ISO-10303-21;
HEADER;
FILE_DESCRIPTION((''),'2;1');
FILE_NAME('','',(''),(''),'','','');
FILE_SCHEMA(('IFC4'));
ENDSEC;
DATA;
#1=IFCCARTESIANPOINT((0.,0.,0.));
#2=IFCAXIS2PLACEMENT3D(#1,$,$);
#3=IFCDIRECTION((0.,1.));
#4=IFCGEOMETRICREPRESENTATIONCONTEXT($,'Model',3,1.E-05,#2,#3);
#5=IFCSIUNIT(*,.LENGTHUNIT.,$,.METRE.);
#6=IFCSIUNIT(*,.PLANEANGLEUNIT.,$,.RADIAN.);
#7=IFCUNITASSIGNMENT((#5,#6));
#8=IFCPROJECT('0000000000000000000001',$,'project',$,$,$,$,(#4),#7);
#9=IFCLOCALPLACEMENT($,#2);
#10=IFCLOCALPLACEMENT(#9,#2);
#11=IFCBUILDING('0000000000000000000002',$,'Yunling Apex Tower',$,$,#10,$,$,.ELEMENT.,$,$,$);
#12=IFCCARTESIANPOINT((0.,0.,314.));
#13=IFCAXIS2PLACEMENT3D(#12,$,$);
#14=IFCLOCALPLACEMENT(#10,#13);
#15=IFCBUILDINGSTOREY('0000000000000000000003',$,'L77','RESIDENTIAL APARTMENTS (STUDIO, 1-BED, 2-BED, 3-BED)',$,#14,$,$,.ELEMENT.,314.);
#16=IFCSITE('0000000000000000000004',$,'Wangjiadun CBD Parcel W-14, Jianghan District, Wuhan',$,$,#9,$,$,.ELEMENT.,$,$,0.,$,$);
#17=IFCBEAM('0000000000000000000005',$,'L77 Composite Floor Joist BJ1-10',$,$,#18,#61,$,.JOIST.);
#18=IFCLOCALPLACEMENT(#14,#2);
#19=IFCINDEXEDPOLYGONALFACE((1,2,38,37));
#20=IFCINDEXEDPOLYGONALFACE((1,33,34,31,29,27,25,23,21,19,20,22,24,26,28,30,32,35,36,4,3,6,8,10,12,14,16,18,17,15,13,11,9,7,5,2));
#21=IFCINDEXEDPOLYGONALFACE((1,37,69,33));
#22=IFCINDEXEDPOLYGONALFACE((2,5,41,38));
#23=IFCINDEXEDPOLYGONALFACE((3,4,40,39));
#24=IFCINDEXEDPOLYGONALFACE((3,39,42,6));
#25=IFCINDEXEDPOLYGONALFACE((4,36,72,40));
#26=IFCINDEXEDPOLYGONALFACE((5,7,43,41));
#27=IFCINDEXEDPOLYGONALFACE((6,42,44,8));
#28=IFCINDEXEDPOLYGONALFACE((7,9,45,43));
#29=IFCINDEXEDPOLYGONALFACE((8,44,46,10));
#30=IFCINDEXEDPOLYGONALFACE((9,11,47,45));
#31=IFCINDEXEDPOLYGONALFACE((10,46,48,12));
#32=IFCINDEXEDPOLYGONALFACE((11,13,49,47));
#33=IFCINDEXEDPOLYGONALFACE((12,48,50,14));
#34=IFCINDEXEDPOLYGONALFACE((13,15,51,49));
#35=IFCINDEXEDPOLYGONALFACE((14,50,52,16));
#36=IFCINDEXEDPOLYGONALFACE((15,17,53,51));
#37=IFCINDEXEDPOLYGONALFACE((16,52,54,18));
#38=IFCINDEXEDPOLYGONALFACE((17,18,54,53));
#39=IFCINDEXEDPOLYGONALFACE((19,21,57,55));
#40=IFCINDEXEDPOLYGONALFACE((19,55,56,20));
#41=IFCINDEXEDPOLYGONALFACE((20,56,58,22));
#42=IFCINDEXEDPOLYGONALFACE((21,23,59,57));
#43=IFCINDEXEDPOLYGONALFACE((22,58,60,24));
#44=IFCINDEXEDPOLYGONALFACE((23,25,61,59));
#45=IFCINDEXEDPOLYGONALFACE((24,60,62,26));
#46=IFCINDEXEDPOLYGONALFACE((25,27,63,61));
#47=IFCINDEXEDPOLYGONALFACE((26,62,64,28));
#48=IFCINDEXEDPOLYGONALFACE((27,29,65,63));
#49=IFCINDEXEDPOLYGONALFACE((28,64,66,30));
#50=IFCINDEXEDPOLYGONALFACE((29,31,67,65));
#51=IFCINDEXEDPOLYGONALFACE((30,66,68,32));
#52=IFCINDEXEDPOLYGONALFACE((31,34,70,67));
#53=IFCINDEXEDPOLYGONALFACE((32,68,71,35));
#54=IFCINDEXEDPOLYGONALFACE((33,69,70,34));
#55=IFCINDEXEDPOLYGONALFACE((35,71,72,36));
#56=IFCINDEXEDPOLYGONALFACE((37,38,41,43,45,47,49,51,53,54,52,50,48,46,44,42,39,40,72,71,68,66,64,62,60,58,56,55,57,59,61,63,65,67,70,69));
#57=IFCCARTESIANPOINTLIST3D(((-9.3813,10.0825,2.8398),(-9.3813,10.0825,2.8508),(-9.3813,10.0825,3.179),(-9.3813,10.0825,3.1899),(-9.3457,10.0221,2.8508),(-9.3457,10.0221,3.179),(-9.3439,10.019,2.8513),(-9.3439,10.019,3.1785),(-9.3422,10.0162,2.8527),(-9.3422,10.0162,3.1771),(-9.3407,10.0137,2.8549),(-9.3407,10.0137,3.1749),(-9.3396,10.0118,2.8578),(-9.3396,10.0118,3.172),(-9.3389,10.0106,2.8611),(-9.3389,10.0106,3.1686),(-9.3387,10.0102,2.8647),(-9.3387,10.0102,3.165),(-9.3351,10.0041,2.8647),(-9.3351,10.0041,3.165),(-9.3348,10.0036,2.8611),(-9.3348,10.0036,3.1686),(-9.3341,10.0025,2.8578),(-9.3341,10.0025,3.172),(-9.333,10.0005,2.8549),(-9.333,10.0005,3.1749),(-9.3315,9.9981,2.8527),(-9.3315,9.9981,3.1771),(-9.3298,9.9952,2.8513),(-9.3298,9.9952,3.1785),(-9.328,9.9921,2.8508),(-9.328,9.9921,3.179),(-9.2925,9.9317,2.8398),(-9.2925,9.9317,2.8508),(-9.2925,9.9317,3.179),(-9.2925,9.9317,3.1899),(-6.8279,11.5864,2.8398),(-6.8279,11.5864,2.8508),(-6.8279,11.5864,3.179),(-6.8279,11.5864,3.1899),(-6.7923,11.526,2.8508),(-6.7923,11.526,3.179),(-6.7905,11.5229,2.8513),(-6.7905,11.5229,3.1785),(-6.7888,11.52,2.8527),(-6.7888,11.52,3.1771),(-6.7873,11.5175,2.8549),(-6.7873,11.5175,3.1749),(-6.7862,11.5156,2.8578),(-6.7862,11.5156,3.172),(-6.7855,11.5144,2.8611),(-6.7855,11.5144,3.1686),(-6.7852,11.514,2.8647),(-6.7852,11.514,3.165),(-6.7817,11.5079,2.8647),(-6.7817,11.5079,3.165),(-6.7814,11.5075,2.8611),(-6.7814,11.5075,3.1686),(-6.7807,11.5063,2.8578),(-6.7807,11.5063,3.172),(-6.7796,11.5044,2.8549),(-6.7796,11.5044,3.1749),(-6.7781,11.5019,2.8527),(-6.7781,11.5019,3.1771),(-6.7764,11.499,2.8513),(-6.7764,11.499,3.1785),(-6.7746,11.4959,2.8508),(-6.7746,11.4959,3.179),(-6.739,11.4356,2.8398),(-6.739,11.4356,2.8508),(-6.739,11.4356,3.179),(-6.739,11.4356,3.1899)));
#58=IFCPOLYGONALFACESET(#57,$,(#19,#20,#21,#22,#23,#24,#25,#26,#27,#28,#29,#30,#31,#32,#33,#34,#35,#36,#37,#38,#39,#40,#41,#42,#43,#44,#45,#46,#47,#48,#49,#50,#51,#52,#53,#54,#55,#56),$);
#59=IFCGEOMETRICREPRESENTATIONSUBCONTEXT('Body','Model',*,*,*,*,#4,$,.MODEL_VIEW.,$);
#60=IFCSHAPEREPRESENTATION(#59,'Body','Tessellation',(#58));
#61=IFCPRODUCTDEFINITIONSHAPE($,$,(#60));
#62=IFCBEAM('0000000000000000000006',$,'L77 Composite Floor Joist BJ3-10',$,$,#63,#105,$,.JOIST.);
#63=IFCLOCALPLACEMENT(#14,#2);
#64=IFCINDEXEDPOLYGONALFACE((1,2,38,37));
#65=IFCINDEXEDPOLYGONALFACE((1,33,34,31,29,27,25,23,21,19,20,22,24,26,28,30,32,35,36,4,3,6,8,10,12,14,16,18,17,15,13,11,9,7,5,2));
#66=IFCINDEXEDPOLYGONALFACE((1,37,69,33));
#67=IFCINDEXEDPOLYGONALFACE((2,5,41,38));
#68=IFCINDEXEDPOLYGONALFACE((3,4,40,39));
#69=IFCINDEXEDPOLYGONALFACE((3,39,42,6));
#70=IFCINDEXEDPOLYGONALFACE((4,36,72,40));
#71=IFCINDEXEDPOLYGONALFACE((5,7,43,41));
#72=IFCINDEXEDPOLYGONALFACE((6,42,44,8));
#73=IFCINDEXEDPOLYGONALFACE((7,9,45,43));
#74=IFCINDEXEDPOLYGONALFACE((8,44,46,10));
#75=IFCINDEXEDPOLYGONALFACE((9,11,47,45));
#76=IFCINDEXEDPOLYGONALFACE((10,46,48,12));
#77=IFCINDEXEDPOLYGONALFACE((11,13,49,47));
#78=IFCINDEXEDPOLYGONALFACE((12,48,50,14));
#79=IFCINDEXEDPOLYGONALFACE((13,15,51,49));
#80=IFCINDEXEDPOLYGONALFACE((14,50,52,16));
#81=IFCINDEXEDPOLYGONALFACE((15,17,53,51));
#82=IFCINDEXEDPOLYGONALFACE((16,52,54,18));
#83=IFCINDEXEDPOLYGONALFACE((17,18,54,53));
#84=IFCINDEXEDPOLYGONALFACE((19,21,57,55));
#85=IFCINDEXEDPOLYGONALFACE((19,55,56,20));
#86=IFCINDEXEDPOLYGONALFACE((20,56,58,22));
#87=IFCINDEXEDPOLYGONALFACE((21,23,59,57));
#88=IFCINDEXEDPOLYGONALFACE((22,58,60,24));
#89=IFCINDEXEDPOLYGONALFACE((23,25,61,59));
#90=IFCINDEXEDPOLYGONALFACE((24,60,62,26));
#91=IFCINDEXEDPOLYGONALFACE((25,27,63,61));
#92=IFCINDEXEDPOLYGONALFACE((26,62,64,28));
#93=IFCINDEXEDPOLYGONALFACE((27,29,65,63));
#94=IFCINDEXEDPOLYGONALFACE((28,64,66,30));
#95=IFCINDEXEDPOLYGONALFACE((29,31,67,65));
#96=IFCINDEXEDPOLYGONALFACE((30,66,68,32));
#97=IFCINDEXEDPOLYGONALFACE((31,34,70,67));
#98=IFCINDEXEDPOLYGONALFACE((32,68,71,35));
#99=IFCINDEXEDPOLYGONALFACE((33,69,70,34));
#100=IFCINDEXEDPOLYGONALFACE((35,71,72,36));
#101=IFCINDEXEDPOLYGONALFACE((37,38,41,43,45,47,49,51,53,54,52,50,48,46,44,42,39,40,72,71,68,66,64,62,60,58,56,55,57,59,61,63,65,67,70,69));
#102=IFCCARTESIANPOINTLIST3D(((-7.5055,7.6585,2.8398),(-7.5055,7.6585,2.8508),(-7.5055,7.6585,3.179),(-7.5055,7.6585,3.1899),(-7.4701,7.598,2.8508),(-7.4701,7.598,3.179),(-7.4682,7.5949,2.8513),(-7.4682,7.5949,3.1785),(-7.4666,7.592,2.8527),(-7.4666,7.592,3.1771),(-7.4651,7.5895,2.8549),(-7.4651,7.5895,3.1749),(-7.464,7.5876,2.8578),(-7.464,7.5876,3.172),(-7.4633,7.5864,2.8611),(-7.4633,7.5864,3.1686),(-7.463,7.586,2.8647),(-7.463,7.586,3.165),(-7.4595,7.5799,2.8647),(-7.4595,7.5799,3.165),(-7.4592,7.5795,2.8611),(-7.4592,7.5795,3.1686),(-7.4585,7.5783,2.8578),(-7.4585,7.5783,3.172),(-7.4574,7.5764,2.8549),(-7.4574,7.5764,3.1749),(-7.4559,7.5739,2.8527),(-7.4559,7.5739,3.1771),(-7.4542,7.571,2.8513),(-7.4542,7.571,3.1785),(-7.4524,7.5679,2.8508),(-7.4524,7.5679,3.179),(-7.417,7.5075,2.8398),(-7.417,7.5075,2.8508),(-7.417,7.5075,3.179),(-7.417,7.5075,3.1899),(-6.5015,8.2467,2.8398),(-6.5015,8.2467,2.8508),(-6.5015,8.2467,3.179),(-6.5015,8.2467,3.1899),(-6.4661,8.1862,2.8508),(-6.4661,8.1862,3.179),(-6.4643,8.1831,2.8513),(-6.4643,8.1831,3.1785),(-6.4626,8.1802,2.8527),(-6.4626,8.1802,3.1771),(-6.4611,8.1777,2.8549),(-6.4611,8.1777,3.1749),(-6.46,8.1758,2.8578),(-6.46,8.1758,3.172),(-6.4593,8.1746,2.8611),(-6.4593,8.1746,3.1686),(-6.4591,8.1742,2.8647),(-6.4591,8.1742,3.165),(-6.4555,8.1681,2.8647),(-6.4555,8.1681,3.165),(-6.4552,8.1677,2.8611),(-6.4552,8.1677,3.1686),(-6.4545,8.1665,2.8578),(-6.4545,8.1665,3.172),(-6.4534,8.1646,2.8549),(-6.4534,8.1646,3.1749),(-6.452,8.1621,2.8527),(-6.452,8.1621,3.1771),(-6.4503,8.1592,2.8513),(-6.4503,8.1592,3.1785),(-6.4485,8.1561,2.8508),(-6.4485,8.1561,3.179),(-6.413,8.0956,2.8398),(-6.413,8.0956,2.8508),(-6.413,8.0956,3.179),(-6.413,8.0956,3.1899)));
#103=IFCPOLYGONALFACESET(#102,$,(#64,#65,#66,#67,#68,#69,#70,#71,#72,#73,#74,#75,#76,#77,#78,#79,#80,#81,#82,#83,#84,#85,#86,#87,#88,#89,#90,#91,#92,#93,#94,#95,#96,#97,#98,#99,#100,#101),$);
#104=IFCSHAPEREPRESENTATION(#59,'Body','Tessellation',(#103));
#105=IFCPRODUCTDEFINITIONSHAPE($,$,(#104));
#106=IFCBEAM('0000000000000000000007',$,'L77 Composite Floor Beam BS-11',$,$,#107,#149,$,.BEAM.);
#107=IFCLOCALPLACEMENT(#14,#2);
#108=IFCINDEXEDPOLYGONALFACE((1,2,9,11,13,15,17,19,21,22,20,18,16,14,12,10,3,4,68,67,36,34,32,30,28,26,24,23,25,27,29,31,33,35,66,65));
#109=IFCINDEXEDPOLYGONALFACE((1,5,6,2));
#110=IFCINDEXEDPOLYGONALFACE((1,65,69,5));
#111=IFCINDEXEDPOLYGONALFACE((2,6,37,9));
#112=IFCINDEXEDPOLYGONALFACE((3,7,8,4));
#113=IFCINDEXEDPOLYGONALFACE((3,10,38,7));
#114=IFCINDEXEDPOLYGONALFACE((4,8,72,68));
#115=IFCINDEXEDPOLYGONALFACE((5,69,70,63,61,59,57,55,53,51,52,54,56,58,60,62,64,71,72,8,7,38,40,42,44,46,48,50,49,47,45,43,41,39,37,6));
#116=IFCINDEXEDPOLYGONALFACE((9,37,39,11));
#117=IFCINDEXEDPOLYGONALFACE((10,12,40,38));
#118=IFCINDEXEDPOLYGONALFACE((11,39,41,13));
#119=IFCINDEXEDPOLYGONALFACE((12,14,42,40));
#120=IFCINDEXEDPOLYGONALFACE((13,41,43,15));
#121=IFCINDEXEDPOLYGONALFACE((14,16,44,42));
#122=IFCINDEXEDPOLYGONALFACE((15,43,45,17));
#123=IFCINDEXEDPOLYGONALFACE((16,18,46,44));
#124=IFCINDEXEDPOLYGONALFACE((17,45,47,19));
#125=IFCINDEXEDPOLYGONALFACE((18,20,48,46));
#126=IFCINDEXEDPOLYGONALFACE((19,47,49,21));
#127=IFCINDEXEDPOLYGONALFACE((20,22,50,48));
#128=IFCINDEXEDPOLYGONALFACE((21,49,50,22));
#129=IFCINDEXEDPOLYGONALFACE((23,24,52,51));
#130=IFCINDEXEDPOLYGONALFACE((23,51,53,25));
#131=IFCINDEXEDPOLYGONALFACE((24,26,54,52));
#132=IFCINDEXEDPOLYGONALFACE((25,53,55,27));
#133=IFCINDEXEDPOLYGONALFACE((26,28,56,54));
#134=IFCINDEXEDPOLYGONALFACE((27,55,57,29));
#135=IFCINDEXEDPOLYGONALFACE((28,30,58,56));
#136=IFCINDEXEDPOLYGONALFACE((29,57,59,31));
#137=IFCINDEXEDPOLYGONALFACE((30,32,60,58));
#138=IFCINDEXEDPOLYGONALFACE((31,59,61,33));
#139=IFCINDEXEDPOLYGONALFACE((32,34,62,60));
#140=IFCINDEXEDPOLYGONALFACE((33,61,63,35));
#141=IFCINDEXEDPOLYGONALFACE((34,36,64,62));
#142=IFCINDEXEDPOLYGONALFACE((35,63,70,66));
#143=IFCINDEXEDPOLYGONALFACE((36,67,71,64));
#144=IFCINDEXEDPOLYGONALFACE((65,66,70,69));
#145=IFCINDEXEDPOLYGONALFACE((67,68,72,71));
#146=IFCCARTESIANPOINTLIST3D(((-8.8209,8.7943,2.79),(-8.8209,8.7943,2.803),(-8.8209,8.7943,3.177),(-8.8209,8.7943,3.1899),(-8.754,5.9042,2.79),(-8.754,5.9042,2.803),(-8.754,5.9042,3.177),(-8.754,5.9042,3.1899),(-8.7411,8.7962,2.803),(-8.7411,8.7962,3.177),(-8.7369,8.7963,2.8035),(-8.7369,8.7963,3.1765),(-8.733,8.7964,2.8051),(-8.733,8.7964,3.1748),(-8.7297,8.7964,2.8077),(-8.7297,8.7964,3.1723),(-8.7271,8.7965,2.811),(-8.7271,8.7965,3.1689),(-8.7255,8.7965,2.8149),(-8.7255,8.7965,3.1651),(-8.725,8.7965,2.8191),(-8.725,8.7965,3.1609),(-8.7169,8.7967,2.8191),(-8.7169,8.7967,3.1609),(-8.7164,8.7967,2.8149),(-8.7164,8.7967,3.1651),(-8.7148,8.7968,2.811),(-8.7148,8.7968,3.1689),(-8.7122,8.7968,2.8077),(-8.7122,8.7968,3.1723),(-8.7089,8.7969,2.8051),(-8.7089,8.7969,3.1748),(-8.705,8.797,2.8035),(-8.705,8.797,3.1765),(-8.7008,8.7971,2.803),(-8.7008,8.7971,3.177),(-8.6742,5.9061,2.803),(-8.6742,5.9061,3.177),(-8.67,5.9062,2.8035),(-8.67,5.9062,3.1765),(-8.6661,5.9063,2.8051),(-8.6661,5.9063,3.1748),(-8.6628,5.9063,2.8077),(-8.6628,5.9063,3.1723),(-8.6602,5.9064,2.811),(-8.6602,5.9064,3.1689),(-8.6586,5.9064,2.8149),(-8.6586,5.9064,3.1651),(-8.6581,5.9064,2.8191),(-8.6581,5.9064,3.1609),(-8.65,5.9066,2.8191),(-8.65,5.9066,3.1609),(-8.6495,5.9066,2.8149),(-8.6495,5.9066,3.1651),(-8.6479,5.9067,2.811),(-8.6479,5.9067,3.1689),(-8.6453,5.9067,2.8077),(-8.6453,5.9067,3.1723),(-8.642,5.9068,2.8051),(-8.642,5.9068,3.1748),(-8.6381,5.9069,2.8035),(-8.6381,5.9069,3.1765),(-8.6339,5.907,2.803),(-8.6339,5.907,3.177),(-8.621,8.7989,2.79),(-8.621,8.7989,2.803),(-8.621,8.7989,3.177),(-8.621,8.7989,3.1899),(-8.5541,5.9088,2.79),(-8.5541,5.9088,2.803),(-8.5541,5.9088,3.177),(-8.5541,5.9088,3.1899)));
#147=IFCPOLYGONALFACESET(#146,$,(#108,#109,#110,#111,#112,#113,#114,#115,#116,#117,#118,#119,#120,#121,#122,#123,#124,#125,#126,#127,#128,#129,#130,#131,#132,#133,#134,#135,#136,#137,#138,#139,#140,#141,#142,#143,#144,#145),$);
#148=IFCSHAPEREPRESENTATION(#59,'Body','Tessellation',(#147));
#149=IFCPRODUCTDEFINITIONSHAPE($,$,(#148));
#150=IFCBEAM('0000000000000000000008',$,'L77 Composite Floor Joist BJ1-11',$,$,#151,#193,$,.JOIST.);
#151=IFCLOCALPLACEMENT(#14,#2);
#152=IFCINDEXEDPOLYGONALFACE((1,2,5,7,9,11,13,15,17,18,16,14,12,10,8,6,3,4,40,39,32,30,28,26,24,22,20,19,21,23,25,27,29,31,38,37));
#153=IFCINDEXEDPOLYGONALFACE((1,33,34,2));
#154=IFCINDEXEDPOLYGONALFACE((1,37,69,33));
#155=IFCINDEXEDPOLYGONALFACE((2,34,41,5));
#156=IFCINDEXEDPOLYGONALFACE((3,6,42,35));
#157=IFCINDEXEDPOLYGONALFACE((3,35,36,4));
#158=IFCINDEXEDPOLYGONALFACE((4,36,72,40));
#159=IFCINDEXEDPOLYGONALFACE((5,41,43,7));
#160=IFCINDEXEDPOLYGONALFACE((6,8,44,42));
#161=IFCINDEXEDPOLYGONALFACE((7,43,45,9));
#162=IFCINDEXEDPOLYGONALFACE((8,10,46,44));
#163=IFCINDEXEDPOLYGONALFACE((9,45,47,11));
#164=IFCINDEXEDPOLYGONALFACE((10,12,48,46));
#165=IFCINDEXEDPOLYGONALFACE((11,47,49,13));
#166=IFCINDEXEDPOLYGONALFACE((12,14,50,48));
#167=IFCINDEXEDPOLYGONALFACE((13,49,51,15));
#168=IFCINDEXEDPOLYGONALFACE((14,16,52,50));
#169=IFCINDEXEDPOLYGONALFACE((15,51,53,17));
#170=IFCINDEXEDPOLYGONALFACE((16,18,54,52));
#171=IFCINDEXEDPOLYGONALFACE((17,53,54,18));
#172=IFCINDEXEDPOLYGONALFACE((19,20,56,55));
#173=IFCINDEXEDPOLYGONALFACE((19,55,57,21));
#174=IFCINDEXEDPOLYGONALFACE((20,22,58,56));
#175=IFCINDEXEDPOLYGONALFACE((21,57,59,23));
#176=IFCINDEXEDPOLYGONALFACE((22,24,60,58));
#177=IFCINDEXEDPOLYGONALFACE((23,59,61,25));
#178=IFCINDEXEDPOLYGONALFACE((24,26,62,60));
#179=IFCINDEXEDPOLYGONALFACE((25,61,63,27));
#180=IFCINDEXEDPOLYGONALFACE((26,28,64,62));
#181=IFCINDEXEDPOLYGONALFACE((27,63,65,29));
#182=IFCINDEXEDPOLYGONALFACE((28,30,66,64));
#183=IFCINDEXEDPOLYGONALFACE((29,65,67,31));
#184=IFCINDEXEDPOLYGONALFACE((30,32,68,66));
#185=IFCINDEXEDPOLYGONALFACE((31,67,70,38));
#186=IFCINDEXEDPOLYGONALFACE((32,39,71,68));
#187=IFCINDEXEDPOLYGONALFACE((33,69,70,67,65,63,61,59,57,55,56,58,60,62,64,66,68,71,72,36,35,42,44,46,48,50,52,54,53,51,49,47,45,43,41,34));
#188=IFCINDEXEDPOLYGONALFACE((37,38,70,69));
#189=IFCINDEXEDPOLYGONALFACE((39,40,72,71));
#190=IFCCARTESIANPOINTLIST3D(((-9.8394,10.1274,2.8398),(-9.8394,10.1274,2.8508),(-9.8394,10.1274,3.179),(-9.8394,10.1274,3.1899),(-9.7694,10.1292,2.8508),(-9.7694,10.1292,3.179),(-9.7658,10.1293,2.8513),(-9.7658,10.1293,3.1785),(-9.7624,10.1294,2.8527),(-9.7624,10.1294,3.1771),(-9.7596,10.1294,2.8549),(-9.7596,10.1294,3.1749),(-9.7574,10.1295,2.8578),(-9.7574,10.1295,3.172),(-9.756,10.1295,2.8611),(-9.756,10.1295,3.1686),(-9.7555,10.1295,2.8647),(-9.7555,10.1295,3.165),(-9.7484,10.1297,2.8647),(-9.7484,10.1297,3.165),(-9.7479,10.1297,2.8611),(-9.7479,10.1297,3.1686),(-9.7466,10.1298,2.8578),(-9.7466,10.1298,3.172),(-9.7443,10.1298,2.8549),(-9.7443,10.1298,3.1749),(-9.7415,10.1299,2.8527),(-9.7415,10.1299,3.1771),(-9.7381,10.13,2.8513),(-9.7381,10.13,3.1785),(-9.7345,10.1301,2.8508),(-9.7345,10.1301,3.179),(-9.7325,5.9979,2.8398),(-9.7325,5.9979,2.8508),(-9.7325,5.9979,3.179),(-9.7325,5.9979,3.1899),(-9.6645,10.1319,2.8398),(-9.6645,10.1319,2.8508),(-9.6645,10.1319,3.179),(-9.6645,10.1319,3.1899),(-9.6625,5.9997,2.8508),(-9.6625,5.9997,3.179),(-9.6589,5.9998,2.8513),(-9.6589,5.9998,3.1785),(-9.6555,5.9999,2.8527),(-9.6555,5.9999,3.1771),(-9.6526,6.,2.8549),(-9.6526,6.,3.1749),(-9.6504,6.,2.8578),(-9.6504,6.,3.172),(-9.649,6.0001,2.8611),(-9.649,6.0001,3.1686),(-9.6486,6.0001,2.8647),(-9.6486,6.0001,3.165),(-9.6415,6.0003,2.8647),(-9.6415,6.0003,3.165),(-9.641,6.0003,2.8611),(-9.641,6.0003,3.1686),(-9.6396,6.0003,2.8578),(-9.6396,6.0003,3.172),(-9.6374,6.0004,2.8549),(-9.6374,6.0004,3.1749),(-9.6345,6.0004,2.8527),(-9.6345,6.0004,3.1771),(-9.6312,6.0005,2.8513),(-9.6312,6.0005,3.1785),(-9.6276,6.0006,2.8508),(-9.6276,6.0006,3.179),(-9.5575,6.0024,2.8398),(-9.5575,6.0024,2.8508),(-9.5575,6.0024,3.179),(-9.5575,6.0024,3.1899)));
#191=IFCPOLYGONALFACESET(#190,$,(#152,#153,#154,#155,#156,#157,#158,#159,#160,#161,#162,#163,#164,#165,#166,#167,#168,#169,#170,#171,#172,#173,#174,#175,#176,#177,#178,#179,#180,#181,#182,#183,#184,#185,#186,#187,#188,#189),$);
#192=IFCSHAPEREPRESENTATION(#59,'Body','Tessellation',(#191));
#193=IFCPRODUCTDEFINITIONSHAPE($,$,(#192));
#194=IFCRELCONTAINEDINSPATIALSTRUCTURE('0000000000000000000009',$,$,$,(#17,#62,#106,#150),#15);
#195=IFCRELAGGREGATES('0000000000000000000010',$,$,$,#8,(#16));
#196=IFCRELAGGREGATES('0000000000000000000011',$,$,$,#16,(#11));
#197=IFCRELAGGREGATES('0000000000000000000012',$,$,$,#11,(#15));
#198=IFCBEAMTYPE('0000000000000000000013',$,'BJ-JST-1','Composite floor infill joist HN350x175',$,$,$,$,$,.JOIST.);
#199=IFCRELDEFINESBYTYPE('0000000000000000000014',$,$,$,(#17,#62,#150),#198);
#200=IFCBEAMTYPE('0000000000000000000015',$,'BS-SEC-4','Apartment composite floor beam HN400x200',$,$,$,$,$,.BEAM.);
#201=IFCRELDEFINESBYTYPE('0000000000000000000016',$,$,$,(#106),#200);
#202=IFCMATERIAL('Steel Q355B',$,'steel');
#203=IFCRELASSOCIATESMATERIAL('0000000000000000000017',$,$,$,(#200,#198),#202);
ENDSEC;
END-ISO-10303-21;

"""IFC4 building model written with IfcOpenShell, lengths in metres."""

from ifc_helpers import new_model, si_unit, direction, frame, origin, origin_2d, place, context, subcontext, project, spatial, i_section, extrude, source, transform, mapped, material, material_profile, profile_set, type_object, element, save


model = new_model("IFC4")

# Units and contexts
model_context = context("Model", 3, precision=1e-05, world=origin(), true_north=direction((0.0, 1.0)))
body_context = subcontext(model_context, "Body", "Model", "MODEL_VIEW")
ifc_project = project(units=[si_unit("LENGTHUNIT", "METRE"), si_unit("PLANEANGLEUNIT", "RADIAN")], contexts=[model_context])

# Site, building, storey
site_placement = place(None, origin())
site = spatial("IfcSite", under=ifc_project, at=site_placement, Name="Wangjiadun CBD Parcel W-14, Jianghan District, Wuhan", CompositionType="ELEMENT", RefElevation=0.0)
building_placement = place(site_placement, origin())
building = spatial("IfcBuilding", under=site, at=building_placement, Name="Yunling Apex Tower", CompositionType="ELEMENT")
storey_placement = place(building_placement, frame((0.0, 0.0, 314.0)))
storey = spatial("IfcBuildingStorey", under=building, at=storey_placement, Name="L77", Description="RESIDENTIAL APARTMENTS (STUDIO, 1-BED, 2-BED, 3-BED)", CompositionType="ELEMENT", Elevation=314.0)

# Shared definitions
ifc_material_1 = material(Name="Steel Q355B", Category="steel")

# Beams
ifc_material_profile_1 = material_profile(ifc_material_1, i_section(OverallWidth=0.2, OverallDepth=0.3999, WebThickness=0.0081, FlangeThickness=0.0129, FilletRadius=0.0161, at=origin_2d()))
ifc_profile_set_1 = profile_set([ifc_material_profile_1], Name="Steel Q355B")
beam_type_1 = type_object("IfcBeamType", Name="BS-SEC-4", Description="Apartment composite floor beam HN400x200", PredefinedType="BEAM", material=ifc_profile_set_1)
ifc_material_profile_2 = material_profile(ifc_material_1, i_section(OverallWidth=0.175, OverallDepth=0.3501, WebThickness=0.0071, FlangeThickness=0.011, FilletRadius=0.0139, at=origin_2d()))
ifc_profile_set_2 = profile_set([ifc_material_profile_2], Name="Steel Q355B")
beam_type_2 = type_object("IfcBeamType", Name="BJ-JST-1", Description="Composite floor infill joist HN350x175", PredefinedType="JOIST", material=ifc_profile_set_2)
shared_shape_1 = source(origin(), body_context, "Body", "SweptSolid", [
    extrude(i_section(OverallWidth=0.175, OverallDepth=0.3501, WebThickness=0.0071, FlangeThickness=0.011, FilletRadius=0.0139, at=origin_2d()), origin(), (0.0, 0.0, 1.0), 2.9634),
])
beam_1_placement = place(storey_placement, frame((-6.7834, 11.511, 3.0149), z_axis=(-0.861659, -0.507488, 0.0), x_axis=(0.507488, -0.861659, 0.0)))
element("IfcBeam", 1, at=beam_1_placement, inside=storey, type_object=beam_type_2, Name="L77 Composite Floor Joist BJ1-10", PredefinedType="JOIST", context=body_context, shape_type="MappedRepresentation", body=[
    mapped(shared_shape_1, transform((0.0, 0.0, 0.0), scale=1.0)),
])
shared_shape_2 = source(origin(), body_context, "Body", "SweptSolid", [
    extrude(i_section(OverallWidth=0.175, OverallDepth=0.3501, WebThickness=0.0071, FlangeThickness=0.011, FilletRadius=0.0139, at=origin_2d()), origin(), (0.0, 0.0, 1.0), 1.1636),
])
beam_2_placement = place(storey_placement, frame((-6.4573, 8.1711, 3.0149), z_axis=(-0.862834, -0.505488, 0.0), x_axis=(0.505488, -0.862834, 0.0)))
element("IfcBeam", 2, at=beam_2_placement, inside=storey, type_object=beam_type_2, Name="L77 Composite Floor Joist BJ3-10", PredefinedType="JOIST", context=body_context, shape_type="MappedRepresentation", body=[
    mapped(shared_shape_2, transform((0.0, 0.0, 0.0), scale=1.0)),
])
shared_shape_3 = source(origin(), body_context, "Body", "SweptSolid", [
    extrude(i_section(OverallWidth=0.2, OverallDepth=0.3999, WebThickness=0.0081, FlangeThickness=0.0129, FilletRadius=0.0161, at=origin_2d()), origin(), (0.0, 0.0, 1.0), 2.8909),
])
beam_3_placement = place(storey_placement, frame((-8.7209, 8.7966, 2.99), z_axis=(0.02314, -0.999732, 0.0), x_axis=(0.999732, 0.02314, 0.0)))
element("IfcBeam", 3, at=beam_3_placement, inside=storey, type_object=beam_type_1, Name="L77 Composite Floor Beam BS-11", PredefinedType="BEAM", context=body_context, shape_type="MappedRepresentation", body=[
    mapped(shared_shape_3, transform((0.0, 0.0, 0.0), scale=1.0)),
])
shared_shape_4 = source(origin(), body_context, "Body", "SweptSolid", [
    extrude(i_section(OverallWidth=0.175, OverallDepth=0.3501, WebThickness=0.0071, FlangeThickness=0.011, FilletRadius=0.0139, at=origin_2d()), origin(), (0.0, 0.0, 1.0), 4.1309),
])
beam_4_placement = place(storey_placement, frame((-9.752, 10.1296, 3.0149), z_axis=(0.025887, -0.999665, 0.0), x_axis=(0.999665, 0.025887, 0.0)))
element("IfcBeam", 4, at=beam_4_placement, inside=storey, type_object=beam_type_2, Name="L77 Composite Floor Joist BJ1-11", PredefinedType="JOIST", context=body_context, shape_type="MappedRepresentation", body=[
    mapped(shared_shape_4, transform((0.0, 0.0, 0.0), scale=1.0)),
])

save(model, "model.ifc")
